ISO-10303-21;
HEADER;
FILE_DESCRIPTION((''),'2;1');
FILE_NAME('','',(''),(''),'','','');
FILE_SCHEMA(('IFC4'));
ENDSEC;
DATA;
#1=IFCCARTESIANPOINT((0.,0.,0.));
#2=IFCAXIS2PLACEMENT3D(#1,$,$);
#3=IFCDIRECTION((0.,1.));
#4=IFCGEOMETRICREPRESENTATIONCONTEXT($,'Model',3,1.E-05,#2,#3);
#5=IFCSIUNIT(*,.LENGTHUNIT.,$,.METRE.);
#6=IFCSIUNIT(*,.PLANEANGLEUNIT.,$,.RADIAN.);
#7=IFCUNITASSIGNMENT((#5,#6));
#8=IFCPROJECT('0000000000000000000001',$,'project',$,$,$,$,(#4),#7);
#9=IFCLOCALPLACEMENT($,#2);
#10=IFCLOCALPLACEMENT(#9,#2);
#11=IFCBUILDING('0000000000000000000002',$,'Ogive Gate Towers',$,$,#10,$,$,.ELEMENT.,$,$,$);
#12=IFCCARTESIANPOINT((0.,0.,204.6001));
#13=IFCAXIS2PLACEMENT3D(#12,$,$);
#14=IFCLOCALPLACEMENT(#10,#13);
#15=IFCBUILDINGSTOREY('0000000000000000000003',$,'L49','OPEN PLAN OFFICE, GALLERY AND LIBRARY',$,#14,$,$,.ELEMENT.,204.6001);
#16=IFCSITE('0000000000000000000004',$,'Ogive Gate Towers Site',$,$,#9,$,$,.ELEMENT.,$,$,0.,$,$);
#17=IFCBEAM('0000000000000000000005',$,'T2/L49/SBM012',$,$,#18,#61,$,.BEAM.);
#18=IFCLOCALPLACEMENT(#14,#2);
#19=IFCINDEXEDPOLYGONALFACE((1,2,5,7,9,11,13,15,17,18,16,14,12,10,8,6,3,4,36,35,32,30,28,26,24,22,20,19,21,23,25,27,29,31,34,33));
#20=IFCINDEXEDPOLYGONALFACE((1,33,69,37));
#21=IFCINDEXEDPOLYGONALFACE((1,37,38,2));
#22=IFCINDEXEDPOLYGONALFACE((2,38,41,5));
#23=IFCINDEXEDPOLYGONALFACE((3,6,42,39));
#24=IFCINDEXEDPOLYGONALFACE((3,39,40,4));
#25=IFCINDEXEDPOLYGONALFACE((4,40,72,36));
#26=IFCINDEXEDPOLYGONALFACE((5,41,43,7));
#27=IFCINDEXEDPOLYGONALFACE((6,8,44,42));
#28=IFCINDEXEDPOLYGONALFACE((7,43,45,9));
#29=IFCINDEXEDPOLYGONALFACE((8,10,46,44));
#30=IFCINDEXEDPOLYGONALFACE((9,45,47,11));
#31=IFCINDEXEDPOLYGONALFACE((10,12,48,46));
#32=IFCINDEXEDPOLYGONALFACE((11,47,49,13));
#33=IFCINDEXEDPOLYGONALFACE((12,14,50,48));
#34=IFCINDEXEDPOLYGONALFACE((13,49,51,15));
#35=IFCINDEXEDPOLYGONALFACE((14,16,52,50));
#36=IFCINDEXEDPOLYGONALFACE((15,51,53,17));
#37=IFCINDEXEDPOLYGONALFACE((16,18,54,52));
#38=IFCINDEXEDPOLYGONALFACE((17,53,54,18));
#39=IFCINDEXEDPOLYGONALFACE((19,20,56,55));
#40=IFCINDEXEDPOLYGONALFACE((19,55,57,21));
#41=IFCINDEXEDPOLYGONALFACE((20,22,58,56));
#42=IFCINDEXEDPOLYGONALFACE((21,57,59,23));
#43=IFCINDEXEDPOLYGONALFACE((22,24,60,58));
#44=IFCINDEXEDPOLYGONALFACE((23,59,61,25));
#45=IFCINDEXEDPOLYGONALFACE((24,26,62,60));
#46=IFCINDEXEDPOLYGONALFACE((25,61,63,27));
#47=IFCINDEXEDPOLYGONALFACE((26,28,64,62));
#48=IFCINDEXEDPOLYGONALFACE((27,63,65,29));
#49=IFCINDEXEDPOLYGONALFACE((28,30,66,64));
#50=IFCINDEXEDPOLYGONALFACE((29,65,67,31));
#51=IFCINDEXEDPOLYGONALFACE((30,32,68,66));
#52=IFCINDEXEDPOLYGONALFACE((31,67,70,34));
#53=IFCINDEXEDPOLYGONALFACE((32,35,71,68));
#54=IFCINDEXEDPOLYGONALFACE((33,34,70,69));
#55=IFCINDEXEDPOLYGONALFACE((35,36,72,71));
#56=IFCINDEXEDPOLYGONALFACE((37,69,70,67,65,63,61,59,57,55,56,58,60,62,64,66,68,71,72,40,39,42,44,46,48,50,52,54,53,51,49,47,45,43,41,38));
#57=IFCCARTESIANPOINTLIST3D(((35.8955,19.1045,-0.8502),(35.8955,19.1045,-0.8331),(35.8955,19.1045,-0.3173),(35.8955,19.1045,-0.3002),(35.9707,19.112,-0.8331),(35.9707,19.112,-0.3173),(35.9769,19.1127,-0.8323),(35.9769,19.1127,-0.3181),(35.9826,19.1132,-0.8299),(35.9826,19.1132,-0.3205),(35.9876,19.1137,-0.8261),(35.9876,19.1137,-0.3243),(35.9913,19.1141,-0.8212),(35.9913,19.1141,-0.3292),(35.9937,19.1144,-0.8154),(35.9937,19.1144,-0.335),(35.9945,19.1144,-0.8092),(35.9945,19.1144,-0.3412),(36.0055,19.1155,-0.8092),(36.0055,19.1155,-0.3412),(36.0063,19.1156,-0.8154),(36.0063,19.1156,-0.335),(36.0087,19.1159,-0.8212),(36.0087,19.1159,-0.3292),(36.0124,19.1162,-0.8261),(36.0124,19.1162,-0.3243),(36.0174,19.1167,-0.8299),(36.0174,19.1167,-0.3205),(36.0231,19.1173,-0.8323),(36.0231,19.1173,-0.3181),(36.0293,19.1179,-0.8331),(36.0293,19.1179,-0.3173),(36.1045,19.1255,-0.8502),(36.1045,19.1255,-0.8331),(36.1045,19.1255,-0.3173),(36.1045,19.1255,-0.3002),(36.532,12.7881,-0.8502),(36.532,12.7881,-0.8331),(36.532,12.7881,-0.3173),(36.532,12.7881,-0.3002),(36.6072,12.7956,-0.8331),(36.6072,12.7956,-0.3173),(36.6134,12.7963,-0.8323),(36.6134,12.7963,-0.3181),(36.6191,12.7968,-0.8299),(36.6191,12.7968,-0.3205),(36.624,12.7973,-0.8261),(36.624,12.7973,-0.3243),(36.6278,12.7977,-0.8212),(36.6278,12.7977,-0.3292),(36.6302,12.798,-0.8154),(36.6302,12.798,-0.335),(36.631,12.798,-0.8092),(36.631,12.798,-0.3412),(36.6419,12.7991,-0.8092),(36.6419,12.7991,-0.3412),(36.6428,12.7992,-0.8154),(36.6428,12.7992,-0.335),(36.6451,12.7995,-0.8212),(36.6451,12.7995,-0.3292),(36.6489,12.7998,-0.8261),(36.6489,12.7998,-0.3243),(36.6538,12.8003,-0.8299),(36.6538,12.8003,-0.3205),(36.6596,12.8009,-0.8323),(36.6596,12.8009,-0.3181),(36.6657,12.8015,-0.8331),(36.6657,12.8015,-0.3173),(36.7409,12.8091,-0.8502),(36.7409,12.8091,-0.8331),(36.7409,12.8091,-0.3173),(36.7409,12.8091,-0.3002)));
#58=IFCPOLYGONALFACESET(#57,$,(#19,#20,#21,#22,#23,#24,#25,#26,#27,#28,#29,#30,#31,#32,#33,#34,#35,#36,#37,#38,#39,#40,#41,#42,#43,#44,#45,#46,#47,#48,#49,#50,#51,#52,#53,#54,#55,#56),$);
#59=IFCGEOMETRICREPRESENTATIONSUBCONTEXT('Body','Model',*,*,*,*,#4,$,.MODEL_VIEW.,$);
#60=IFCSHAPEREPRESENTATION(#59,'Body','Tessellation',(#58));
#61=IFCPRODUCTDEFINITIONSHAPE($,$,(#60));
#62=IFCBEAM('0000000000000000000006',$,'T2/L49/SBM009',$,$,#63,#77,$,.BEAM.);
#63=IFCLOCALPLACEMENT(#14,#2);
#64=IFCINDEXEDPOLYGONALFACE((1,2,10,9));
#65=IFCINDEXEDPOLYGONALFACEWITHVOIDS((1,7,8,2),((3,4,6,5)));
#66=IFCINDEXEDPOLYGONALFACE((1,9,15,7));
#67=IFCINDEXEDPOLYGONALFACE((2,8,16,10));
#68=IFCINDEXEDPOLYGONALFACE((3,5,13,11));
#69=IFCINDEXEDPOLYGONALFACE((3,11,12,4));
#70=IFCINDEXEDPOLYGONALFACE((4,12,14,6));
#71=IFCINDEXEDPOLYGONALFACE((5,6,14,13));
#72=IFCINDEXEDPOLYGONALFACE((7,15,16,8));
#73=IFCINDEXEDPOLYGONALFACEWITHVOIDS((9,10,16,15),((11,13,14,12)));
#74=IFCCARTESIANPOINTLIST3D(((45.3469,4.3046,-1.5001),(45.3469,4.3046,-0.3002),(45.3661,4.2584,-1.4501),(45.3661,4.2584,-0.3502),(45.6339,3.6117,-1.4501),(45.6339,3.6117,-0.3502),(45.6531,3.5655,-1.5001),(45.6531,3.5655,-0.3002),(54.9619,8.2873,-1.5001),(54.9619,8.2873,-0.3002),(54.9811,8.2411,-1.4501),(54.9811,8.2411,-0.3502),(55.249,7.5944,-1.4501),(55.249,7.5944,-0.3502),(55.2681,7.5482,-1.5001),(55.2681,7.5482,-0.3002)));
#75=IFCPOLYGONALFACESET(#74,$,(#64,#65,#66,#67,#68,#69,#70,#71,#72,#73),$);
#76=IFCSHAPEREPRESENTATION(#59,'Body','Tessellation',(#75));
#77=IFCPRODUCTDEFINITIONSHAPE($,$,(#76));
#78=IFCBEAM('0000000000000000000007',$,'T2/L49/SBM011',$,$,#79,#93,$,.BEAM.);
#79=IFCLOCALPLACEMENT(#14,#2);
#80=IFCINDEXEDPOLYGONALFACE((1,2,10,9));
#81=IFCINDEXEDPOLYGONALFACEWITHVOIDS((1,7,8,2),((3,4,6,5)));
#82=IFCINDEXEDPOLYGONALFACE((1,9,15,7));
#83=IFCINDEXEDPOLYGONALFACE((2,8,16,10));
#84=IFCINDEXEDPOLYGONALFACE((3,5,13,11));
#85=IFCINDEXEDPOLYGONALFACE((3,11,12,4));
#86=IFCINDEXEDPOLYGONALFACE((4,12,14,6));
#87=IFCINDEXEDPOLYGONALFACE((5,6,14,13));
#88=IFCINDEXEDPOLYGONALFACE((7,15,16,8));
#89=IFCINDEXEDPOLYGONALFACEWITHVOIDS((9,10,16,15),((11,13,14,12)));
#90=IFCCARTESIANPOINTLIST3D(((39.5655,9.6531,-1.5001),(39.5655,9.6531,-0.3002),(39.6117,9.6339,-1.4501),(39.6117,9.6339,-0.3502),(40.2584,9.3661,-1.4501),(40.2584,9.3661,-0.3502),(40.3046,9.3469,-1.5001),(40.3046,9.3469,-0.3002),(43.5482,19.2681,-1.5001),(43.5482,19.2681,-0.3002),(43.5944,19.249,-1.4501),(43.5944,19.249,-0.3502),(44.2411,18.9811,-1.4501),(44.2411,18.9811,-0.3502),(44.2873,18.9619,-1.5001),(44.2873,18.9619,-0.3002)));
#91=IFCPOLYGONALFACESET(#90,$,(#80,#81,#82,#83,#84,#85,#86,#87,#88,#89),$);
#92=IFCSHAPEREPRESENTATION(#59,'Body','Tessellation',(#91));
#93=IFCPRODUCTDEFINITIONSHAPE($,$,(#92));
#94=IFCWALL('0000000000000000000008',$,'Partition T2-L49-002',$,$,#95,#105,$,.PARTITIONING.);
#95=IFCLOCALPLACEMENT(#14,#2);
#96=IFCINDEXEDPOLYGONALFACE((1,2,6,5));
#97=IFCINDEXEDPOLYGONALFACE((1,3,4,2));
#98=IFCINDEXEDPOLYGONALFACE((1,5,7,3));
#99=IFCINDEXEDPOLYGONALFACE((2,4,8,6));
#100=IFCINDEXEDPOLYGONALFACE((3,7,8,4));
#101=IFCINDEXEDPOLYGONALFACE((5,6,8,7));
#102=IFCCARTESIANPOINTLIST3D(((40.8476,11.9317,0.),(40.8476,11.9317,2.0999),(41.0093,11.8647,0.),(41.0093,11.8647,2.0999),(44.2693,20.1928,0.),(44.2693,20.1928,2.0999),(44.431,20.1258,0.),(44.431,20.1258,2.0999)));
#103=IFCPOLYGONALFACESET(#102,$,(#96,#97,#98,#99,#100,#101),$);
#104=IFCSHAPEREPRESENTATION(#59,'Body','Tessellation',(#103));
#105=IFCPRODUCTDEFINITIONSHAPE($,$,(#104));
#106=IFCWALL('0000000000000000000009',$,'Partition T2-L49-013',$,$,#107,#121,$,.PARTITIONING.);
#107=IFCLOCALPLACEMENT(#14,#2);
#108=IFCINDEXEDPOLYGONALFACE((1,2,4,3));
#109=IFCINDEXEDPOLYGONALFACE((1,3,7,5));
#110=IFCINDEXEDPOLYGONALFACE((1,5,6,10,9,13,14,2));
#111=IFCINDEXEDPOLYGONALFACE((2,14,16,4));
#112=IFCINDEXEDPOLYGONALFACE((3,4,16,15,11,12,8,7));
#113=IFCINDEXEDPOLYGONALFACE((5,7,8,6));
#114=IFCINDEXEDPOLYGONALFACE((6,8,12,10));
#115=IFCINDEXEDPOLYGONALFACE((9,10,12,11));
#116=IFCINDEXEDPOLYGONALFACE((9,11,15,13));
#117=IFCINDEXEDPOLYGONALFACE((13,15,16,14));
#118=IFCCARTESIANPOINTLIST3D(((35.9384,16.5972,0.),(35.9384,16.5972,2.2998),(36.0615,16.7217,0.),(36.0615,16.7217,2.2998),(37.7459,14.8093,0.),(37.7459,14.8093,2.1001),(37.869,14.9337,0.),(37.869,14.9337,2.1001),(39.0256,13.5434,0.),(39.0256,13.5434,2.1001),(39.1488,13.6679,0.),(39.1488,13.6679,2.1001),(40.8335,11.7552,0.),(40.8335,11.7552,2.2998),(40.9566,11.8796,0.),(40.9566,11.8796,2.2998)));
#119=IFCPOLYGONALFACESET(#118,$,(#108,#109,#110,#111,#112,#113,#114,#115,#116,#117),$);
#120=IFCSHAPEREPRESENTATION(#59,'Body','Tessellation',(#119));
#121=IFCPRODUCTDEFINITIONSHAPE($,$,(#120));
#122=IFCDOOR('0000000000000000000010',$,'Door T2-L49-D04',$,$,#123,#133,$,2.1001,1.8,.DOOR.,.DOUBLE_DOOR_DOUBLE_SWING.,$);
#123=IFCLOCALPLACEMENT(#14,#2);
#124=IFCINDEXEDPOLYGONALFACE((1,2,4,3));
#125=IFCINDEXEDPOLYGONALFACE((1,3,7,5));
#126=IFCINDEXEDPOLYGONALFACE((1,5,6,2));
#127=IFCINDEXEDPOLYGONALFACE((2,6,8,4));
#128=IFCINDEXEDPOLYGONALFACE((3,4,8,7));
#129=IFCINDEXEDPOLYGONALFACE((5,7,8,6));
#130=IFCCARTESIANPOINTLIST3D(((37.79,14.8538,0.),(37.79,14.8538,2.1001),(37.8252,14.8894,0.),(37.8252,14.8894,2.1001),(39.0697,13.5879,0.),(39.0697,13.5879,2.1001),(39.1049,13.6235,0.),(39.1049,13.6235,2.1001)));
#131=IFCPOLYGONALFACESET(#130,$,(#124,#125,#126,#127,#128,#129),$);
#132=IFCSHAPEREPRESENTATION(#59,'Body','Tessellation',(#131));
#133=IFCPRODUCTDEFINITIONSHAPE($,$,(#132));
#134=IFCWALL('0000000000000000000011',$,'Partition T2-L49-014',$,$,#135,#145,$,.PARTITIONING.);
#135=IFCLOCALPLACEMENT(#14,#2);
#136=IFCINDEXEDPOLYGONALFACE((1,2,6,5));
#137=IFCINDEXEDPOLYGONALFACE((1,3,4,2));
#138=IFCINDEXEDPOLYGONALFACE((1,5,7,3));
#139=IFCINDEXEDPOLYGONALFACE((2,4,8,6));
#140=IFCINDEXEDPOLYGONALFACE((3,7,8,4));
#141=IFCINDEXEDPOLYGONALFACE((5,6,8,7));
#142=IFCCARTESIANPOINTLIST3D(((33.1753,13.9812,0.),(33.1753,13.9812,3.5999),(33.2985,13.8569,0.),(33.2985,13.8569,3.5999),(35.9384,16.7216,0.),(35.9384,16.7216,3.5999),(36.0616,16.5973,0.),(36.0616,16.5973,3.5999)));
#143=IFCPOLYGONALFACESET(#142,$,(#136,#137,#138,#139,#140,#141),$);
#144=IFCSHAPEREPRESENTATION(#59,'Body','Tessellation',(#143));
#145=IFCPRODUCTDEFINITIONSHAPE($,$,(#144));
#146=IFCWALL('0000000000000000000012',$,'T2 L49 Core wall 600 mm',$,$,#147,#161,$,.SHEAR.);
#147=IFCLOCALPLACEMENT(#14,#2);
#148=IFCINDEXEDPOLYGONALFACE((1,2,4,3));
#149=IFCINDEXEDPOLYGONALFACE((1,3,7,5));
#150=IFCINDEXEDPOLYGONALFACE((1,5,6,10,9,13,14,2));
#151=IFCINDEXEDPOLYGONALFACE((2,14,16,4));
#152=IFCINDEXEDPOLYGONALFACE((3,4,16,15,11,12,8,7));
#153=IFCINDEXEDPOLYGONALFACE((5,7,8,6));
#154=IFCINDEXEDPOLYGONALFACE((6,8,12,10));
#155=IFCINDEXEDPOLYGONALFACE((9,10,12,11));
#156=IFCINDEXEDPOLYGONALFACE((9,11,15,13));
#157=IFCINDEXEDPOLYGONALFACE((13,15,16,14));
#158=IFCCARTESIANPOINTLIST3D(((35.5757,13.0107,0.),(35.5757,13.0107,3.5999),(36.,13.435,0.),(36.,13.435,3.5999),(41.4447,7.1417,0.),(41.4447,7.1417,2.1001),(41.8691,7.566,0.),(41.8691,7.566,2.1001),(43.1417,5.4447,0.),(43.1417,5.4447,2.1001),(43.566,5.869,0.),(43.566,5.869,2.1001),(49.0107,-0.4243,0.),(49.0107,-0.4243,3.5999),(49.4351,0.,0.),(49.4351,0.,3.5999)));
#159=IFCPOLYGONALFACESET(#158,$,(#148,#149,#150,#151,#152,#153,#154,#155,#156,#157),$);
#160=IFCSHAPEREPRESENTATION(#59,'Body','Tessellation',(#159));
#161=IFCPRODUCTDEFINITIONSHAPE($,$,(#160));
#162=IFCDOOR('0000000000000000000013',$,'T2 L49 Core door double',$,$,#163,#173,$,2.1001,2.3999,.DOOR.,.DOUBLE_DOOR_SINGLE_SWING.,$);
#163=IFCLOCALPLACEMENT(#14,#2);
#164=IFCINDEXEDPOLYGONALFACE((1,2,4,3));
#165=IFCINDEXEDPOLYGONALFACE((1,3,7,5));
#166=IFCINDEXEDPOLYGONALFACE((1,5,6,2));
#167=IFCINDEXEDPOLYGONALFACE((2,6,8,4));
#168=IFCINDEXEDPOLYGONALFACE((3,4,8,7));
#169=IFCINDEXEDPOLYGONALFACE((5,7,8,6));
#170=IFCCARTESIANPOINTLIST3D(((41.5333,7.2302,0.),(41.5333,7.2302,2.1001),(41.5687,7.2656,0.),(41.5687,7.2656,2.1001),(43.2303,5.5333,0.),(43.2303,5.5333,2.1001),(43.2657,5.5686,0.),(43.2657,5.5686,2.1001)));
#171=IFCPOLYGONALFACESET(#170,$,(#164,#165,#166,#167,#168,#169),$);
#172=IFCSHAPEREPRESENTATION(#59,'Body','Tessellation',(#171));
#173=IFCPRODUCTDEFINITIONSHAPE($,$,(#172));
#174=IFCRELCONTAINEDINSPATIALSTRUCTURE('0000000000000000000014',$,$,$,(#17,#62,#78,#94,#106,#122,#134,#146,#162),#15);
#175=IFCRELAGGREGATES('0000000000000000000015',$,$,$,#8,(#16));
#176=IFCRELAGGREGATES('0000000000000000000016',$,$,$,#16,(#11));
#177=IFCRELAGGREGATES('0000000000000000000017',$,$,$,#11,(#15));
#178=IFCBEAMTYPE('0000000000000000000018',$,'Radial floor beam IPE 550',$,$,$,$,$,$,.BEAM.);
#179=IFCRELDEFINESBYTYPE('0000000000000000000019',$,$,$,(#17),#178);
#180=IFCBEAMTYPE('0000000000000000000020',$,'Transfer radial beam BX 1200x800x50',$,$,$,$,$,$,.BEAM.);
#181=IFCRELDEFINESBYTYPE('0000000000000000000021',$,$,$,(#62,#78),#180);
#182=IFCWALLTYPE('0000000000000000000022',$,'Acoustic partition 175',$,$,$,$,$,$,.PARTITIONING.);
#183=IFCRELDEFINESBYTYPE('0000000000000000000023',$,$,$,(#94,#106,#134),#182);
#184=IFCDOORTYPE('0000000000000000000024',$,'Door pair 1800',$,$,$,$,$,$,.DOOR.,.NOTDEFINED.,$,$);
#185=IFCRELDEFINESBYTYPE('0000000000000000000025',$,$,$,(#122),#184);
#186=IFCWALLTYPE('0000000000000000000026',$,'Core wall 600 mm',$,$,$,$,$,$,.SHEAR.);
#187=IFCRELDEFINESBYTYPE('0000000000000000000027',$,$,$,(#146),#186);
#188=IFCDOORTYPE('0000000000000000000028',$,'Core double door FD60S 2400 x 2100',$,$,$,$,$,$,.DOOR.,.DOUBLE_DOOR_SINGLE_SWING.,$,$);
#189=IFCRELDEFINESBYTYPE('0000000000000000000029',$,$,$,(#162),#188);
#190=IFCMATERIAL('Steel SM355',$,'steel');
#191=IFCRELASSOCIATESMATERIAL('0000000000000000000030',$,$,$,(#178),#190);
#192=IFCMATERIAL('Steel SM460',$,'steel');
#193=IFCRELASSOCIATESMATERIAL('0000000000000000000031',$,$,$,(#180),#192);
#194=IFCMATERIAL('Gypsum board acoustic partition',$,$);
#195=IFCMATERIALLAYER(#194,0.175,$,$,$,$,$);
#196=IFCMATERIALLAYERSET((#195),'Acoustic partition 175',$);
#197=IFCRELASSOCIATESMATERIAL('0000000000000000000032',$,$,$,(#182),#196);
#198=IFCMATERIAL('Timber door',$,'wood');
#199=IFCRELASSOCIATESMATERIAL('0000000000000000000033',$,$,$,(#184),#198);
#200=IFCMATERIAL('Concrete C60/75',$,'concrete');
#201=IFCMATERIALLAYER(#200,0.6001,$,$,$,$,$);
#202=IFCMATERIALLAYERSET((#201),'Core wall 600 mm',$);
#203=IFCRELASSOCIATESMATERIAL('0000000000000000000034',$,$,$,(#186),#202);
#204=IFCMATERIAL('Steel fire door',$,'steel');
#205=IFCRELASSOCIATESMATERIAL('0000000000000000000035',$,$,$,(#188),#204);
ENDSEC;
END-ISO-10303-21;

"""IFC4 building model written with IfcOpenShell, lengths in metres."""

from ifc_helpers import new_model, si_unit, direction, frame, frame_2d, origin, origin_2d, place, context, subcontext, project, spatial, rectangle, hollow_rectangle, i_section, extrude, material, layer, layer_set, material_profile, profile_set, type_object, element, fill, save


model = new_model("IFC4")

# Units and contexts
model_context = context("Model", 3, precision=1e-05, world=origin(), true_north=direction((0.0, 1.0)))
body_context = subcontext(model_context, "Body", "Model", "MODEL_VIEW")
ifc_project = project(units=[si_unit("LENGTHUNIT", "METRE"), si_unit("PLANEANGLEUNIT", "RADIAN")], contexts=[model_context])

# Site, building, storey
site_placement = place(None, origin())
site = spatial("IfcSite", under=ifc_project, at=site_placement, Name="Ogive Gate Towers Site", CompositionType="ELEMENT", RefElevation=0.0)
building_placement = place(site_placement, origin())
building = spatial("IfcBuilding", under=site, at=building_placement, Name="Ogive Gate Towers", CompositionType="ELEMENT")
storey_placement = place(building_placement, frame((0.0, 0.0, 204.6001)))
storey = spatial("IfcBuildingStorey", under=building, at=storey_placement, Name="L49", Description="OPEN PLAN OFFICE, GALLERY AND LIBRARY", CompositionType="ELEMENT", Elevation=204.6001)

# Shared definitions
ifc_material_1 = material(Name="Steel SM460", Category="steel")

# Beams
ifc_material_2 = material(Name="Steel SM355", Category="steel")
ifc_material_profile_1 = material_profile(ifc_material_2, i_section(OverallWidth=0.21, OverallDepth=0.55, WebThickness=0.011, FlangeThickness=0.0171, FilletRadius=0.0239, at=origin_2d()), Name="IPE 550")
ifc_profile_set_1 = profile_set([ifc_material_profile_1], Name="Steel SM355")
beam_type_1 = type_object("IfcBeamType", Name="Radial floor beam IPE 550", PredefinedType="BEAM", material=ifc_profile_set_1)
beam_1_placement = place(storey_placement, frame((36.6365, 12.7986, -0.5752), z_axis=(-0.100258, 0.994962, 0.0), x_axis=(-0.994962, -0.100258, 0.0)))
element("IfcBeam", 1, at=beam_1_placement, inside=storey, type_object=beam_type_1, Name="T2/L49/SBM012", PredefinedType="BEAM", context=body_context, shape_type="SweptSolid", body=[
    extrude(i_section(OverallWidth=0.21, OverallDepth=0.55, WebThickness=0.011, FlangeThickness=0.0171, FilletRadius=0.0239, at=origin_2d()), origin(), (0.0, 0.0, 1.0), 6.3484),
])
ifc_material_profile_2 = material_profile(ifc_material_1, hollow_rectangle(XDim=0.8, YDim=1.2, WallThickness=0.05, at=origin_2d()), Name="BX 1200x800x50")
ifc_profile_set_2 = profile_set([ifc_material_profile_2], Name="Steel SM460")
beam_type_2 = type_object("IfcBeamType", Name="Transfer radial beam BX 1200x800x50", PredefinedType="BEAM", material=ifc_profile_set_2)
for number, where, z_axis, x_axis, name in (
    (2, (45.5, 3.9351, -0.9001), (0.923879, 0.382684, 0.0), (-0.382684, 0.923879, 0.0), "T2/L49/SBM009"),
    (3, (39.9351, 9.5, -0.9001), (0.382684, 0.923879, 0.0), (-0.923879, 0.382684, 0.0), "T2/L49/SBM011"),
):
    element("IfcBeam", number, at=place(storey_placement, frame(where, z_axis=z_axis, x_axis=x_axis)), inside=storey, type_object=beam_type_2, Name=name, PredefinedType="BEAM", context=body_context, shape_type="SweptSolid", body=[
        extrude(hollow_rectangle(XDim=0.8, YDim=1.2, WallThickness=0.05, at=origin_2d()), origin(), (0.0, 0.0, 1.0), 10.4072),
    ])

# Wall
ifc_material_3 = material(Name="Gypsum board acoustic partition")
ifc_layer_1 = layer(ifc_material_3, 0.175)
ifc_layer_set_1 = layer_set([ifc_layer_1], Name="Acoustic partition 175")
wall_type_1 = type_object("IfcWallType", Name="Acoustic partition 175", PredefinedType="PARTITIONING", material=ifc_layer_set_1)
wall_1_placement = place(storey_placement, frame((44.3501, 20.1592, 0.0), z_axis=(0.0, 0.0, 1.0), x_axis=(-0.382666, -0.923887, 0.0)))
element("IfcWall", 4, at=wall_1_placement, inside=storey, type_object=wall_type_1, Name="Partition T2-L49-002", PredefinedType="PARTITIONING", context=body_context, shape_type="SweptSolid", body=[
    extrude(rectangle(XDim=8.9417, YDim=0.175, at=frame_2d((4.4707, 0.0))), origin(), (0.0, 0.0, 1.0), 2.0999),
])

# Wall, opening, door
wall_2_placement = place(storey_placement, frame((40.895, 11.8174, 0.0), z_axis=(0.0, 0.0, 1.0), x_axis=(-0.710944, 0.703249, 0.0)))
wall_2 = element("IfcWall", 5, at=wall_2_placement, inside=storey, type_object=wall_type_1, Name="Partition T2-L49-013", PredefinedType="PARTITIONING", context=body_context, shape_type="SweptSolid", body=[
    extrude(rectangle(XDim=6.8853, YDim=0.175, at=frame_2d((3.4426, 0.0))), origin(), (0.0, 0.0, 1.0), 2.2998),
])
opening_1_placement = place(wall_2_placement, frame((2.543, 0.0, 0.0)))
opening_1 = element("IfcOpeningElement", 6, at=opening_1_placement, cuts=wall_2, PredefinedType="OPENING", context=body_context, shape_type="SweptSolid", body=[
    extrude(rectangle(XDim=1.8, YDim=2.1001, at=frame_2d((0.8999, 1.05))), frame((0.0, 0.0977, 0.0), z_axis=(0.0, -1.0, 0.0), x_axis=(1.0, 0.0, 0.0)), (0.0, 0.0, 1.0), 0.1951),
])
ifc_material_4 = material(Name="Timber door", Category="wood")
door_type_1 = type_object("IfcDoorType", Name="Door pair 1800", OperationType="NOTDEFINED", PredefinedType="DOOR", material=ifc_material_4)
door_1_placement = place(opening_1_placement, origin())
door_1 = element("IfcDoor", 7, at=door_1_placement, inside=storey, type_object=door_type_1, Name="Door T2-L49-D04", OperationType="DOUBLE_DOOR_DOUBLE_SWING", OverallHeight=2.1001, OverallWidth=1.8, PredefinedType="DOOR", context=body_context, shape_type="SweptSolid", body=[
    extrude(rectangle(XDim=1.8, YDim=2.1001, at=frame_2d((0.8999, 1.05))), frame((0.0, 0.0249, 0.0), z_axis=(0.0, -1.0, 0.0), x_axis=(1.0, 0.0, 0.0)), (0.0, 0.0, 1.0), 0.05),
])
fill(opening_1, door_1)

# Wall
wall_3_placement = place(storey_placement, frame((36.0, 16.6594, 0.0), z_axis=(0.0, 0.0, 1.0), x_axis=(-0.710018, -0.704184, 0.0)))
element("IfcWall", 8, at=wall_3_placement, inside=storey, type_object=wall_type_1, Name="Partition T2-L49-014", PredefinedType="PARTITIONING", context=body_context, shape_type="SweptSolid", body=[
    extrude(rectangle(XDim=3.8916, YDim=0.175, at=frame_2d((1.9458, 0.0))), origin(), (0.0, 0.0, 1.0), 3.5999),
])

# Wall, opening, door
ifc_material_5 = material(Name="Concrete C60/75", Category="concrete")
ifc_layer_2 = layer(ifc_material_5, 0.6001)
ifc_layer_set_2 = layer_set([ifc_layer_2], Name="Core wall 600 mm")
wall_type_2 = type_object("IfcWallType", Name="Core wall 600 mm", PredefinedType="SHEAR", material=ifc_layer_set_2)
wall_4_placement = place(storey_placement, frame((49.2229, -0.2122, 0.0), z_axis=(0.0, 0.0, 1.0), x_axis=(-0.707107, 0.707107, 0.0)))
wall_4 = element("IfcWall", 9, at=wall_4_placement, inside=storey, type_object=wall_type_2, Name="T2 L49 Core wall 600 mm", PredefinedType="SHEAR", context=body_context, shape_type="SweptSolid", body=[
    extrude(rectangle(XDim=19.0, YDim=0.6001, at=frame_2d((9.5, 0.0))), origin(), (0.0, 0.0, 1.0), 3.5999),
])
opening_2_placement = place(wall_4_placement, frame((8.3, 0.0, 0.0)))
opening_2 = element("IfcOpeningElement", 10, at=opening_2_placement, cuts=wall_4, PredefinedType="OPENING", context=body_context, shape_type="SweptSolid", body=[
    extrude(rectangle(XDim=2.3999, YDim=2.1001, at=frame_2d((1.2, 1.05))), frame((0.0, 0.3101, 0.0), z_axis=(0.0, -1.0, 0.0), x_axis=(1.0, 0.0, 0.0)), (0.0, 0.0, 1.0), 0.6201),
])
ifc_material_6 = material(Name="Steel fire door", Category="steel")
door_type_2 = type_object("IfcDoorType", Name="Core double door FD60S 2400 x 2100", OperationType="DOUBLE_DOOR_SINGLE_SWING", PredefinedType="DOOR", material=ifc_material_6)
door_2_placement = place(opening_2_placement, origin())
door_2 = element("IfcDoor", 11, at=door_2_placement, inside=storey, type_object=door_type_2, Name="T2 L49 Core door double", OperationType="DOUBLE_DOOR_SINGLE_SWING", OverallHeight=2.1001, OverallWidth=2.3999, PredefinedType="DOOR", context=body_context, shape_type="SweptSolid", body=[
    extrude(rectangle(XDim=2.3999, YDim=2.1001, at=frame_2d((1.2, 1.05))), frame((0.0, 0.1748, 0.0), z_axis=(0.0, -1.0, 0.0), x_axis=(1.0, 0.0, 0.0)), (0.0, 0.0, 1.0), 0.05),
])
fill(opening_2, door_2)

save(model, "model.ifc")
